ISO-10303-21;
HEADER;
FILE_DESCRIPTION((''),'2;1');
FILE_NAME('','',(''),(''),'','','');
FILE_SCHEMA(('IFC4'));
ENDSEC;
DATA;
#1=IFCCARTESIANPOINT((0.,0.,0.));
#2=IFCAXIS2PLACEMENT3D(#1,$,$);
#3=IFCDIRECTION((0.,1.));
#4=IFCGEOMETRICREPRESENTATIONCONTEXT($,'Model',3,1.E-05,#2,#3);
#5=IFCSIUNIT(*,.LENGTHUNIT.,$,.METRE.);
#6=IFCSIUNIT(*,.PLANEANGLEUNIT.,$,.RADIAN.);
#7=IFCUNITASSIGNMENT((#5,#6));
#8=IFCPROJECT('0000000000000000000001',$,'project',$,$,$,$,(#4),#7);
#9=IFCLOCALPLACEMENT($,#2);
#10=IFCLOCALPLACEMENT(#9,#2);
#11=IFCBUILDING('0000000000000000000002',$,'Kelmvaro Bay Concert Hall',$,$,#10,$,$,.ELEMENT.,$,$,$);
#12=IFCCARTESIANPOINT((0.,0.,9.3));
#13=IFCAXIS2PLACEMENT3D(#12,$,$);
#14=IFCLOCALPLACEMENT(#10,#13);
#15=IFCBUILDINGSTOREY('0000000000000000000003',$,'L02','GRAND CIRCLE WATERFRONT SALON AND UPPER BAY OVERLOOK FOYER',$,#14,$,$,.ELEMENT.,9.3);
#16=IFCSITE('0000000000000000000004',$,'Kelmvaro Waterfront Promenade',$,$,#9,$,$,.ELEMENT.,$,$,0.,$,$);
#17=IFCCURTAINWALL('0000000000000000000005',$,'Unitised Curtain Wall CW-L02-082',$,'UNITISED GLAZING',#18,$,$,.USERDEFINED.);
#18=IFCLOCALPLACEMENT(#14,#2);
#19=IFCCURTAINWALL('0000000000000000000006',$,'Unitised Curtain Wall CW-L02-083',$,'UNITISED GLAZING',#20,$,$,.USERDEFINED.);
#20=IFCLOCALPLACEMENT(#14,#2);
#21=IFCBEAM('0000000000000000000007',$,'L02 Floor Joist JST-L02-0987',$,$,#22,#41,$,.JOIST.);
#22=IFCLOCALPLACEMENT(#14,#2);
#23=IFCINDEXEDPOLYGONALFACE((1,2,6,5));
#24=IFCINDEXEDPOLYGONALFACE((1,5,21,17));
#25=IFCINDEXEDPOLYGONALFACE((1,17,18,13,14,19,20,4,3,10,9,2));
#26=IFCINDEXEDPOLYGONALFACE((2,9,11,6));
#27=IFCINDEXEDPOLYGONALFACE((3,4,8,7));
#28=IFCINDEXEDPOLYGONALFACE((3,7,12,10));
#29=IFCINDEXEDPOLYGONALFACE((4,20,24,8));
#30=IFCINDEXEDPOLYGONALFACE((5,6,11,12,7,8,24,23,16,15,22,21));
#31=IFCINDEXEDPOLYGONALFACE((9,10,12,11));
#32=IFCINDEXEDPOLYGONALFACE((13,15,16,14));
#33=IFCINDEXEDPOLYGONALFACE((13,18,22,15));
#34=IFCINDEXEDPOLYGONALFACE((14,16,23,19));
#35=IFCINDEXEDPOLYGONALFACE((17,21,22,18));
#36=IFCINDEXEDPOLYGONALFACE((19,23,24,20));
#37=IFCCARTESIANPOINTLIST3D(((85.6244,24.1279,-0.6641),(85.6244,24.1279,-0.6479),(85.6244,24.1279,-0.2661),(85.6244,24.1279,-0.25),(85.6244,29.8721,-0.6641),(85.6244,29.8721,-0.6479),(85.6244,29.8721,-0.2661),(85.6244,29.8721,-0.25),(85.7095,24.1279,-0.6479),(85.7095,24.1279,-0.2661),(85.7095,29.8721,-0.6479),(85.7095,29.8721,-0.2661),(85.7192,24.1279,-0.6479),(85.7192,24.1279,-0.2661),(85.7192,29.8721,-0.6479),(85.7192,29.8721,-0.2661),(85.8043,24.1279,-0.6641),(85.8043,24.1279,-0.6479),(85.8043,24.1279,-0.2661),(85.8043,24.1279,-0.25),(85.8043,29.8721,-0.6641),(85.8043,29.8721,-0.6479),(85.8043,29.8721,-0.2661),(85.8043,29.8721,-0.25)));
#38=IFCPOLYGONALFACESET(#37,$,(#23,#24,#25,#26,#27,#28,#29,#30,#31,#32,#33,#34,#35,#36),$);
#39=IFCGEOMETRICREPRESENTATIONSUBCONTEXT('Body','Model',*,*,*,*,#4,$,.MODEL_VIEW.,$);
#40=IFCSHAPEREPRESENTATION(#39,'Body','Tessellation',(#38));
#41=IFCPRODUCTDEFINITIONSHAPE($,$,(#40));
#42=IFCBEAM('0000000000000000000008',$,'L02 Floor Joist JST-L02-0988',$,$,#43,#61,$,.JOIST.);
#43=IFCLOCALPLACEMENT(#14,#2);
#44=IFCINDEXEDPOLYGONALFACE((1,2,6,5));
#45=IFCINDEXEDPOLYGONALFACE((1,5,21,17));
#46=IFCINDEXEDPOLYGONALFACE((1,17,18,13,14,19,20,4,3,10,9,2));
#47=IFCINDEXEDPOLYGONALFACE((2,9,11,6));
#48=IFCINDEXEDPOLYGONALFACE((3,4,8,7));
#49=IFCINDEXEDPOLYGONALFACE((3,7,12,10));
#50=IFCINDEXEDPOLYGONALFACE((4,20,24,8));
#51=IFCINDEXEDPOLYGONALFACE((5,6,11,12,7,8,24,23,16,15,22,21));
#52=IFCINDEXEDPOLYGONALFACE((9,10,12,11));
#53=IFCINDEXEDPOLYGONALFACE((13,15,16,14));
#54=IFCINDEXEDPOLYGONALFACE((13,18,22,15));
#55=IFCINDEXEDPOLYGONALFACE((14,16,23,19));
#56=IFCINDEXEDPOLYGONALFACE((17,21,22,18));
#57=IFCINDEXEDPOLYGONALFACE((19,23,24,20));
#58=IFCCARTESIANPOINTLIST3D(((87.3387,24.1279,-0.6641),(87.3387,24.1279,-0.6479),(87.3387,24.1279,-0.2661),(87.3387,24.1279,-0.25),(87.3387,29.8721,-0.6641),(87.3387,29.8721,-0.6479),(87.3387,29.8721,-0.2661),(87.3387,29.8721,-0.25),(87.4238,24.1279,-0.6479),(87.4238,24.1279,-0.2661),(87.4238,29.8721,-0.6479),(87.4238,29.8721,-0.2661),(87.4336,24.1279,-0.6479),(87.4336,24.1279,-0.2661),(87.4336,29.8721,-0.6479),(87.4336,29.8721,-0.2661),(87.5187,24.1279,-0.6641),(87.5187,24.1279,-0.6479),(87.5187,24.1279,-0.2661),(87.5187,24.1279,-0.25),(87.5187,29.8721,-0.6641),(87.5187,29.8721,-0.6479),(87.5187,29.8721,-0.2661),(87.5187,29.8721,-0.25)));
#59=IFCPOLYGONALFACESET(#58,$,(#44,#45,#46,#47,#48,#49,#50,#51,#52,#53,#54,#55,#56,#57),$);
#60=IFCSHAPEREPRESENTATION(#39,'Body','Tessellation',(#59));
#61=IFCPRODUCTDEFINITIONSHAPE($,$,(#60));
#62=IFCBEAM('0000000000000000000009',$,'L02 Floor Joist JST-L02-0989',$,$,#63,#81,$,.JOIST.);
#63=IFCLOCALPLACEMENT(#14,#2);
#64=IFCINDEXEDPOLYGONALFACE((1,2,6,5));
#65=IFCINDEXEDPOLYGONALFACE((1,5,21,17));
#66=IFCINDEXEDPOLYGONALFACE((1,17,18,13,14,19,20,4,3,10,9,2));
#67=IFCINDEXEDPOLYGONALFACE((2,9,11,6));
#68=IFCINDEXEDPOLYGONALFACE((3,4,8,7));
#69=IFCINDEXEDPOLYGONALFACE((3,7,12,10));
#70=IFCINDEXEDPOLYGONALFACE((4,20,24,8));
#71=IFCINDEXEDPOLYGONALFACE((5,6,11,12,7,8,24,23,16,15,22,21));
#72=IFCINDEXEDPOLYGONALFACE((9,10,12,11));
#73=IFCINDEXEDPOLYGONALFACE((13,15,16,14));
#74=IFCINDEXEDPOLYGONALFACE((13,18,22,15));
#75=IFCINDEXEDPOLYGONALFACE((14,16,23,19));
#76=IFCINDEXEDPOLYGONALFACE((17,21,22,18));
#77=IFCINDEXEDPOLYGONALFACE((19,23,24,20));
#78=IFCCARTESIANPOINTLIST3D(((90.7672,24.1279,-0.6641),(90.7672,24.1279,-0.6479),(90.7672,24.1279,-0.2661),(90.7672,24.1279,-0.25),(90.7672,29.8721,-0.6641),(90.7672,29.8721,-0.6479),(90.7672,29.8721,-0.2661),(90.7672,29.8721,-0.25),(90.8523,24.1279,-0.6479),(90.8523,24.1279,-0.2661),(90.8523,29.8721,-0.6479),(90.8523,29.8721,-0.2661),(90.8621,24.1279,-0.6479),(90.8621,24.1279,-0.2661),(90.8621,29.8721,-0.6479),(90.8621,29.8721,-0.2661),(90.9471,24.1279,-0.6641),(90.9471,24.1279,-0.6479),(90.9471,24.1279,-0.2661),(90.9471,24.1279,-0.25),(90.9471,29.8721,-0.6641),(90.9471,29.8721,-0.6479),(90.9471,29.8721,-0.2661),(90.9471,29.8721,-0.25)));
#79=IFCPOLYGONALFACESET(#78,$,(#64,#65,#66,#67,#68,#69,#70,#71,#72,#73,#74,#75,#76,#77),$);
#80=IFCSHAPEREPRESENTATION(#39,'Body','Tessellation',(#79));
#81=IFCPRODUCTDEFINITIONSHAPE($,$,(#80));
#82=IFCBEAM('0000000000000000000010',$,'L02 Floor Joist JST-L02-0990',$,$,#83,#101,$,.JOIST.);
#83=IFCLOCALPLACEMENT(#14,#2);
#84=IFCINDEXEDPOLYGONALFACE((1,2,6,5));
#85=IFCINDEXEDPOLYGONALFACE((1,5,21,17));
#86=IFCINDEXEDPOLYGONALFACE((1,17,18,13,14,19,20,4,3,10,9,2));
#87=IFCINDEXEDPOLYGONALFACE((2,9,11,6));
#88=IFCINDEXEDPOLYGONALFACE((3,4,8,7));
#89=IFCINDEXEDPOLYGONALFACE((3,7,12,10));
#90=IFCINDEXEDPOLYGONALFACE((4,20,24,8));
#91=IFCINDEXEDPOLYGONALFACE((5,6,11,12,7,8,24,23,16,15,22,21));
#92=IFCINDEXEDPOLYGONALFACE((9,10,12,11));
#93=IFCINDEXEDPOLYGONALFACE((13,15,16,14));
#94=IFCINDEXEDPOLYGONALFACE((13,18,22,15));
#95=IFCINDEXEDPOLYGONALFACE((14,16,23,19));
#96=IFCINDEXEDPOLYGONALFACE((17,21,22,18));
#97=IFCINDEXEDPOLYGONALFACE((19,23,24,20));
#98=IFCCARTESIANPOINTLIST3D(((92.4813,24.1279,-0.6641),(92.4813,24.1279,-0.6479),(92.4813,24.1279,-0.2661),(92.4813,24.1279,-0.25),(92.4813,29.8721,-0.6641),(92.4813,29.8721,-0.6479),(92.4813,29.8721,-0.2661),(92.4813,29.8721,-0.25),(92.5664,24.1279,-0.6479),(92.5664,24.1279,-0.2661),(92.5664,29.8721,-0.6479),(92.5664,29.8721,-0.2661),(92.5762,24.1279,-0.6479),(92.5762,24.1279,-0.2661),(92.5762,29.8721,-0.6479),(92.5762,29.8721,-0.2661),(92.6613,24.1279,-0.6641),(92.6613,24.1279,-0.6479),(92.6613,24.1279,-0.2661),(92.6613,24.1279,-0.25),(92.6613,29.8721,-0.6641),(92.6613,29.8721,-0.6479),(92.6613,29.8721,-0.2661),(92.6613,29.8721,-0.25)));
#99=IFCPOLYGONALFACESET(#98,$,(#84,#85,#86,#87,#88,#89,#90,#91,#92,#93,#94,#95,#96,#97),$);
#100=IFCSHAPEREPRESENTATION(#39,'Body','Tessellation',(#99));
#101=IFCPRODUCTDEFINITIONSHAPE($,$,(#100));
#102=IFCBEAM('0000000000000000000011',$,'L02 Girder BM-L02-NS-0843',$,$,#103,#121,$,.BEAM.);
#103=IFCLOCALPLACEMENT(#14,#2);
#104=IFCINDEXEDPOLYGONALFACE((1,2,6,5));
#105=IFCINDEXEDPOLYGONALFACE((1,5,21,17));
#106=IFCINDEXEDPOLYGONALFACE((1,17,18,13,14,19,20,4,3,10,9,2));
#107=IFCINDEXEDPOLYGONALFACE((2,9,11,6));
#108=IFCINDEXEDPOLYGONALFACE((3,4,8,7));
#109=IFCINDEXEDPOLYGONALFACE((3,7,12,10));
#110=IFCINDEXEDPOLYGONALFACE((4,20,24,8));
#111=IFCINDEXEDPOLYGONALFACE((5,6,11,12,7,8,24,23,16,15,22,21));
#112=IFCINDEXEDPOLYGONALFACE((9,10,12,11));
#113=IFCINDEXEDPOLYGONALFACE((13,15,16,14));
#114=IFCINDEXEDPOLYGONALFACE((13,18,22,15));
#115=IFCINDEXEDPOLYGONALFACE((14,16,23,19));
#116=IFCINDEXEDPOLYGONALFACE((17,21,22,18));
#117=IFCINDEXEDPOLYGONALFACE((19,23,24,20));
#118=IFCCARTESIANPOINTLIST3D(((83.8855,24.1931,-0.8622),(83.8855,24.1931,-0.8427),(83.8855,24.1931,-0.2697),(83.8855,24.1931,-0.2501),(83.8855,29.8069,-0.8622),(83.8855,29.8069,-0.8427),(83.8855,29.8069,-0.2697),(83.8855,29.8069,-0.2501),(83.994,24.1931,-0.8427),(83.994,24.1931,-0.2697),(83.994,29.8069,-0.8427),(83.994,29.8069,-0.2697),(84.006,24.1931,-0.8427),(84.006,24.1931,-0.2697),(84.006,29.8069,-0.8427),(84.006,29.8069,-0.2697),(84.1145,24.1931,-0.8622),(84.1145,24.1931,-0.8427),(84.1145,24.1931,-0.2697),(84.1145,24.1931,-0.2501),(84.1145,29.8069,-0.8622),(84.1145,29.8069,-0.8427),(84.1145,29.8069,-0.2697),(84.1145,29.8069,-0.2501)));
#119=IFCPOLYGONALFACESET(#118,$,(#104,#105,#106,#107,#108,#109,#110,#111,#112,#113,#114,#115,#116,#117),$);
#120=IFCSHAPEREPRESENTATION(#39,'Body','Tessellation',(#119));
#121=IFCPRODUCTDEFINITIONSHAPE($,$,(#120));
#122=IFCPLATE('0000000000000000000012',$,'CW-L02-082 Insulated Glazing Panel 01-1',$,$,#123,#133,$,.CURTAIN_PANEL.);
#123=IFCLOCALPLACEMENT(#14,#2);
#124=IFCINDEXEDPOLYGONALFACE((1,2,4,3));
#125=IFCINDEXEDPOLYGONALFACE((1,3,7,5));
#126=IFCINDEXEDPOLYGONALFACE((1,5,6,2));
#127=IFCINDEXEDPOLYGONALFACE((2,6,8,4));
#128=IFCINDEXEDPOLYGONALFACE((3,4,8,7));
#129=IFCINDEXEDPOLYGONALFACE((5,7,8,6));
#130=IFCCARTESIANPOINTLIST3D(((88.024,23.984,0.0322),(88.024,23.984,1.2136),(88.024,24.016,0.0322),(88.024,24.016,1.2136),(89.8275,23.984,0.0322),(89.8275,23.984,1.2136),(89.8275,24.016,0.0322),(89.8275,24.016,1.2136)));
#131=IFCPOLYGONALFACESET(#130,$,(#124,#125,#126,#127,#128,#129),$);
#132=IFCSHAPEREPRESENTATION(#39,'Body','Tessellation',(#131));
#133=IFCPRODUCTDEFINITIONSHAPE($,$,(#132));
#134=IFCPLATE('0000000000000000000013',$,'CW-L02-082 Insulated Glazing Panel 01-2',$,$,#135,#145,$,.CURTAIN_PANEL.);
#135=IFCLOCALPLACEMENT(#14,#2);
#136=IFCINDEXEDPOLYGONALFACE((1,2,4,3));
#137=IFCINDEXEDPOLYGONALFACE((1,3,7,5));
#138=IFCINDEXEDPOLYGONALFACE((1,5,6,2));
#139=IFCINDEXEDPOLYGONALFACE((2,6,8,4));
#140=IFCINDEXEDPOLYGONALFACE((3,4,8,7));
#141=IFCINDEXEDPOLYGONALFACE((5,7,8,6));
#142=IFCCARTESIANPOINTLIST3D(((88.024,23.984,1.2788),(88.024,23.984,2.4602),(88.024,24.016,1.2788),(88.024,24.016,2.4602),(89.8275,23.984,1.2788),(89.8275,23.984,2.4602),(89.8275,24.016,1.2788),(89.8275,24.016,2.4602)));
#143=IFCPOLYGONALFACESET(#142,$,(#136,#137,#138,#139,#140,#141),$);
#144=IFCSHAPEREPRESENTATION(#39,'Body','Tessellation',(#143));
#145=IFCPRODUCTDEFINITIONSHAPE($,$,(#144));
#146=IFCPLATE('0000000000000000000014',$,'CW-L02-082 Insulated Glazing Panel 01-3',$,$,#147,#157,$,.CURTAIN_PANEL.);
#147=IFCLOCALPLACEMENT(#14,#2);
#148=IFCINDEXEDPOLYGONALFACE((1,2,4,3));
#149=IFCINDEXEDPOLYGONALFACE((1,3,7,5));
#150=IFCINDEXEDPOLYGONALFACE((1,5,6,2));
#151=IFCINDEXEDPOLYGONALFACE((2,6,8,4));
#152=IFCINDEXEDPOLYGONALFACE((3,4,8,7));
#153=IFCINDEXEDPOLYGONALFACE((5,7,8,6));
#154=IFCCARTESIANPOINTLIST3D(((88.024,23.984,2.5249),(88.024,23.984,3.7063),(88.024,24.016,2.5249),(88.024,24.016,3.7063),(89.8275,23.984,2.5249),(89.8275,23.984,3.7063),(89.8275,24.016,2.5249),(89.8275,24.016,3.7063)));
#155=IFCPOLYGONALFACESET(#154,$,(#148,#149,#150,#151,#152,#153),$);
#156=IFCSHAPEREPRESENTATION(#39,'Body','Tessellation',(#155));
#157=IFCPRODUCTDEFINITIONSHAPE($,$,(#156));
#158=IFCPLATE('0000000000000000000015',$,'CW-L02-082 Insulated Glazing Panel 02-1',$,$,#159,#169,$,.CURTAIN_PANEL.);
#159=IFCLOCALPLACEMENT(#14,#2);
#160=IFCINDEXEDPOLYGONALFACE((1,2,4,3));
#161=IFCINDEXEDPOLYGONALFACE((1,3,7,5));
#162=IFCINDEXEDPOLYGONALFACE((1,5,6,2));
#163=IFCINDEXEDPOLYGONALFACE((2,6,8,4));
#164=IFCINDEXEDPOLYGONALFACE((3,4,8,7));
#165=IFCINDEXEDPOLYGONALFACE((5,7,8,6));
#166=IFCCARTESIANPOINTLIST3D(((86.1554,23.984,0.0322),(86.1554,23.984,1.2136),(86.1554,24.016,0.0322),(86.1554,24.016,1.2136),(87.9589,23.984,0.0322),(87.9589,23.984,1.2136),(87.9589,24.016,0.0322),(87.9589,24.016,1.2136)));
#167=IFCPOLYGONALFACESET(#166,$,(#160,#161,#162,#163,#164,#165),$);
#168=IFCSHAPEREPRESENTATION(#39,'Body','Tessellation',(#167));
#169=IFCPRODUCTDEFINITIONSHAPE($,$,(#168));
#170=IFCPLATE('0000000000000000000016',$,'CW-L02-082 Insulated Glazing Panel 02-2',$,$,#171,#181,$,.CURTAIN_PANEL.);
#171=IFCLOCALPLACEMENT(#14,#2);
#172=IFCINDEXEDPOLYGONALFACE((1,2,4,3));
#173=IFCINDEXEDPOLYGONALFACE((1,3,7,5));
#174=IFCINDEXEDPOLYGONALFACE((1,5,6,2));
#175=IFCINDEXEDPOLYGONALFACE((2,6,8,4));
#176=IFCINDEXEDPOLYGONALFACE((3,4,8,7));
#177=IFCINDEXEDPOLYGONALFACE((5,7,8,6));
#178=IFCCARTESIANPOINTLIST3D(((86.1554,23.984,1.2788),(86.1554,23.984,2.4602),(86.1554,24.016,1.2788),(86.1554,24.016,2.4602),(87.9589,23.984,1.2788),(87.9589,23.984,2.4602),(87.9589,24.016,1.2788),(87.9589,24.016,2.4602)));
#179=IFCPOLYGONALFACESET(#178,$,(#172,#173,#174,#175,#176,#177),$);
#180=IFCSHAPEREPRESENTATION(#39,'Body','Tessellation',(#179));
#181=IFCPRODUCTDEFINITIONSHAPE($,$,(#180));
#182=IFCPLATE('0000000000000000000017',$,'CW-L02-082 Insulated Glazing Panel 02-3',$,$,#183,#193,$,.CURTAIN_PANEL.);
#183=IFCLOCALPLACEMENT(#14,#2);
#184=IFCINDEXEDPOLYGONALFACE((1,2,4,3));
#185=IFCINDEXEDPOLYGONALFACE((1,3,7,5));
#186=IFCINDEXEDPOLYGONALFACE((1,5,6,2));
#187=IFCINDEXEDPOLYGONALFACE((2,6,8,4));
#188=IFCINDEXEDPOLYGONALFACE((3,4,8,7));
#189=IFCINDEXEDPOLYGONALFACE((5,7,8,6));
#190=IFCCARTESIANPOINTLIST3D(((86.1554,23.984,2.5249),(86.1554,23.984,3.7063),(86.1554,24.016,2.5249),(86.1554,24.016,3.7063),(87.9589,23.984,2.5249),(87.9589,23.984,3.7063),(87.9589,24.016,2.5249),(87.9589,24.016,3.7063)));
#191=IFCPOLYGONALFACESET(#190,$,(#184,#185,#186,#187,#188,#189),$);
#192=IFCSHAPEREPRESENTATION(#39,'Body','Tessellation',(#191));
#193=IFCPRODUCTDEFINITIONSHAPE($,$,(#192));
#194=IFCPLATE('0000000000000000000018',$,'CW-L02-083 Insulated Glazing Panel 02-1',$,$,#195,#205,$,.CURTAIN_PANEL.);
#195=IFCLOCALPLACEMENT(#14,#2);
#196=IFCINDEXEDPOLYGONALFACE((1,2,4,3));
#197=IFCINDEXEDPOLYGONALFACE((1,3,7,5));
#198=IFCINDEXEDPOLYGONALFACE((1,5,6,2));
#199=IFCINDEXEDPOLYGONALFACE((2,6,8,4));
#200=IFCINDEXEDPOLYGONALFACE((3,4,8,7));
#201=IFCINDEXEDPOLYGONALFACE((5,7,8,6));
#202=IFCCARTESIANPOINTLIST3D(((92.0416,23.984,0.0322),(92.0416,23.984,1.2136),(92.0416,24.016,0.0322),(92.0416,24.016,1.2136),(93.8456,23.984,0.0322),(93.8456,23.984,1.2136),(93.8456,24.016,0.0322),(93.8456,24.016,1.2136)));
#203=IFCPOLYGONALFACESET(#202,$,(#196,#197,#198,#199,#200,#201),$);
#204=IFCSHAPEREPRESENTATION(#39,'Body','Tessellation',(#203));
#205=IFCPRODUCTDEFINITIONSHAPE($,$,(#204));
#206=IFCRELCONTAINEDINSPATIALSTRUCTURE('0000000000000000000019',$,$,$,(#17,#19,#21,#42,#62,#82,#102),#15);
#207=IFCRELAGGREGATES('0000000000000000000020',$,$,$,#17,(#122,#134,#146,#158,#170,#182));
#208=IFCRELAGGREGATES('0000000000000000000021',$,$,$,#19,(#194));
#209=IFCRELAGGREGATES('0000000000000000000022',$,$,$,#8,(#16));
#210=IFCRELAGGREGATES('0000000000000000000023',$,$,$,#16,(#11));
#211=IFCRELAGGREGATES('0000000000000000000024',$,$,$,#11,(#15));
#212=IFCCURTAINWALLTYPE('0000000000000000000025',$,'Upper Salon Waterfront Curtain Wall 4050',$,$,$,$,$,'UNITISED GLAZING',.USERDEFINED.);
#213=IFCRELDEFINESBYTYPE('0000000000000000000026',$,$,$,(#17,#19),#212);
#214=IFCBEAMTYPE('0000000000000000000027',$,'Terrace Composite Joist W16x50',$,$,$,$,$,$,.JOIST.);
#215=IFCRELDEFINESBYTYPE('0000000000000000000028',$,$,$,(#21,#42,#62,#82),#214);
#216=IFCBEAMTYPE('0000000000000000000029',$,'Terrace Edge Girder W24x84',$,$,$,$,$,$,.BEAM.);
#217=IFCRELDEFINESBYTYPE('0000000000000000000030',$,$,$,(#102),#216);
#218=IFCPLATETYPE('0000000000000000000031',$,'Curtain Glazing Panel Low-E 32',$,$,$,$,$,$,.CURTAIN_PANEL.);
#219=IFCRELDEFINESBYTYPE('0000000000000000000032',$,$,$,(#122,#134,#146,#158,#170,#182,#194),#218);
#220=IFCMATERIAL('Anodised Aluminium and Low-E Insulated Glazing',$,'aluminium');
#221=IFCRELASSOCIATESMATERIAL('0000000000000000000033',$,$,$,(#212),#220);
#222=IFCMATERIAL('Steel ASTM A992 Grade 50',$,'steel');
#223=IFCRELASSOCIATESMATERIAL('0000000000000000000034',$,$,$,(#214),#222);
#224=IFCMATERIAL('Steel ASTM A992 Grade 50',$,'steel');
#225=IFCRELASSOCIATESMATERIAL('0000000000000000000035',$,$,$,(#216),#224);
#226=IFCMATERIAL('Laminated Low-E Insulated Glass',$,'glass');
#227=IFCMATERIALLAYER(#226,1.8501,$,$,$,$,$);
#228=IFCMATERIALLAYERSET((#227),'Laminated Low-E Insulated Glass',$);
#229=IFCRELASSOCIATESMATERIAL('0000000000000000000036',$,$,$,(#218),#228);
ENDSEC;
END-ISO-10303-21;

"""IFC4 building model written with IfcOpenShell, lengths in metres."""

from ifc_helpers import new_model, si_unit, direction, frame, origin, origin_2d, place, context, subcontext, project, spatial, rectangle, i_section, extrude, material, layer, layer_set, material_profile, profile_set, type_object, element, aggregate, save


model = new_model("IFC4")

# Units and contexts
model_context = context("Model", 3, precision=1e-05, world=origin(), true_north=direction((0.0, 1.0)))
body_context = subcontext(model_context, "Body", "Model", "MODEL_VIEW")
ifc_project = project(units=[si_unit("LENGTHUNIT", "METRE"), si_unit("PLANEANGLEUNIT", "RADIAN")], contexts=[model_context])

# Site, building, storey
site_placement = place(None, origin())
site = spatial("IfcSite", under=ifc_project, at=site_placement, Name="Kelmvaro Waterfront Promenade", CompositionType="ELEMENT", RefElevation=0.0)
building_placement = place(site_placement, origin())
building = spatial("IfcBuilding", under=site, at=building_placement, Name="Kelmvaro Bay Concert Hall", CompositionType="ELEMENT")
storey_placement = place(building_placement, frame((0.0, 0.0, 9.3)))
storey = spatial("IfcBuildingStorey", under=building, at=storey_placement, Name="L02", Description="GRAND CIRCLE WATERFRONT SALON AND UPPER BAY OVERLOOK FOYER", CompositionType="ELEMENT", Elevation=9.3)

# Curtain walls
ifc_material_1 = material(Name="Anodised Aluminium and Low-E Insulated Glazing", Category="aluminium")
curtain_wall_type = type_object("IfcCurtainWallType", Name="Upper Salon Waterfront Curtain Wall 4050", ElementType="UNITISED GLAZING", PredefinedType="USERDEFINED", material=ifc_material_1)
curtain_wall_1_placement = place(storey_placement, origin())
curtain_wall_1 = element("IfcCurtainWall", 1, at=curtain_wall_1_placement, inside=storey, type_object=curtain_wall_type, Name="Unitised Curtain Wall CW-L02-082", ObjectType="UNITISED GLAZING", PredefinedType="USERDEFINED")
curtain_wall_2_placement = place(storey_placement, origin())
curtain_wall_2 = element("IfcCurtainWall", 2, at=curtain_wall_2_placement, inside=storey, type_object=curtain_wall_type, Name="Unitised Curtain Wall CW-L02-083", ObjectType="UNITISED GLAZING", PredefinedType="USERDEFINED")

# Beams
ifc_material_2 = material(Name="Steel ASTM A992 Grade 50", Category="steel")
ifc_material_profile_1 = material_profile(ifc_material_2, i_section(OverallWidth=0.1799, OverallDepth=0.4141, WebThickness=0.0098, FlangeThickness=0.0161, at=origin_2d()), Name="W16X50")
ifc_profile_set_1 = profile_set([ifc_material_profile_1], Name="Steel ASTM A992 Grade 50")
beam_type_1 = type_object("IfcBeamType", Name="Terrace Composite Joist W16x50", PredefinedType="JOIST", material=ifc_profile_set_1)
for number, where, z_axis, x_axis, name in (
    (3, (85.7144, 24.1279, -0.457), (0.0, 1.0, 0.0), (-1.0, 0.0, 0.0), "L02 Floor Joist JST-L02-0987"),
    (4, (87.4287, 24.1279, -0.457), (0.0, 1.0, 0.0), (-1.0, 0.0, 0.0), "L02 Floor Joist JST-L02-0988"),
    (5, (90.8572, 24.1279, -0.457), (0.0, 1.0, 0.0), (-1.0, 0.0, 0.0), "L02 Floor Joist JST-L02-0989"),
    (6, (92.5713, 24.1279, -0.457), (0.0, 1.0, 0.0), (-1.0, 0.0, 0.0), "L02 Floor Joist JST-L02-0990"),
):
    element("IfcBeam", number, at=place(storey_placement, frame(where, z_axis=z_axis, x_axis=x_axis)), inside=storey, type_object=beam_type_1, Name=name, PredefinedType="JOIST", context=body_context, shape_type="SweptSolid", body=[
        extrude(i_section(OverallWidth=0.1799, OverallDepth=0.4141, WebThickness=0.0098, FlangeThickness=0.0161, at=origin_2d()), origin(), (0.0, 0.0, 1.0), 5.7441),
    ])
ifc_material_3 = material(Name="Steel ASTM A992 Grade 50", Category="steel")
ifc_material_profile_2 = material_profile(ifc_material_3, i_section(OverallWidth=0.229, OverallDepth=0.6121, WebThickness=0.012, FlangeThickness=0.0195, at=origin_2d()), Name="W24X84")
ifc_profile_set_2 = profile_set([ifc_material_profile_2], Name="Steel ASTM A992 Grade 50")
beam_type_2 = type_object("IfcBeamType", Name="Terrace Edge Girder W24x84", PredefinedType="BEAM", material=ifc_profile_set_2)
beam_placement = place(storey_placement, frame((84.0, 24.1931, -0.5562), z_axis=(0.0, 1.0, 0.0), x_axis=(-1.0, 0.0, 0.0)))
element("IfcBeam", 7, at=beam_placement, inside=storey, type_object=beam_type_2, Name="L02 Girder BM-L02-NS-0843", PredefinedType="BEAM", context=body_context, shape_type="SweptSolid", body=[
    extrude(i_section(OverallWidth=0.229, OverallDepth=0.6121, WebThickness=0.012, FlangeThickness=0.0195, at=origin_2d()), origin(), (0.0, 0.0, 1.0), 5.6138),
])

# Plates
ifc_material_4 = material(Name="Laminated Low-E Insulated Glass", Category="glass")
ifc_layer_1 = layer(ifc_material_4, 1.8501)
ifc_layer_set_1 = layer_set([ifc_layer_1], Name="Laminated Low-E Insulated Glass")
plate_type = type_object("IfcPlateType", Name="Curtain Glazing Panel Low-E 32", PredefinedType="CURTAIN_PANEL", material=ifc_layer_set_1)
plate_1_placement = place(storey_placement, frame((88.9258, 24.0, 0.0322), z_axis=(0.0, 0.0, 1.0), x_axis=(-1.0, 0.0, 0.0)))
plate_1 = element("IfcPlate", 8, at=plate_1_placement, type_object=plate_type, Name="CW-L02-082 Insulated Glazing Panel 01-1", PredefinedType="CURTAIN_PANEL", context=body_context, shape_type="SweptSolid", body=[
    extrude(rectangle(XDim=1.8035, YDim=0.032, at=origin_2d()), origin(), (0.0, 0.0, 1.0), 1.1814),
])
plate_2_placement = place(storey_placement, frame((88.9258, 24.0, 1.2788), z_axis=(0.0, 0.0, 1.0), x_axis=(-1.0, 0.0, 0.0)))
plate_2 = element("IfcPlate", 9, at=plate_2_placement, type_object=plate_type, Name="CW-L02-082 Insulated Glazing Panel 01-2", PredefinedType="CURTAIN_PANEL", context=body_context, shape_type="SweptSolid", body=[
    extrude(rectangle(XDim=1.8035, YDim=0.032, at=origin_2d()), origin(), (0.0, 0.0, 1.0), 1.1814),
])
plate_3_placement = place(storey_placement, frame((88.9258, 24.0, 2.5249), z_axis=(0.0, 0.0, 1.0), x_axis=(-1.0, 0.0, 0.0)))
plate_3 = element("IfcPlate", 10, at=plate_3_placement, type_object=plate_type, Name="CW-L02-082 Insulated Glazing Panel 01-3", PredefinedType="CURTAIN_PANEL", context=body_context, shape_type="SweptSolid", body=[
    extrude(rectangle(XDim=1.8035, YDim=0.032, at=origin_2d()), origin(), (0.0, 0.0, 1.0), 1.1814),
])
plate_4_placement = place(storey_placement, frame((87.0571, 24.0, 0.0322), z_axis=(0.0, 0.0, 1.0), x_axis=(-1.0, 0.0, 0.0)))
plate_4 = element("IfcPlate", 11, at=plate_4_placement, type_object=plate_type, Name="CW-L02-082 Insulated Glazing Panel 02-1", PredefinedType="CURTAIN_PANEL", context=body_context, shape_type="SweptSolid", body=[
    extrude(rectangle(XDim=1.8035, YDim=0.032, at=origin_2d()), origin(), (0.0, 0.0, 1.0), 1.1814),
])
plate_5_placement = place(storey_placement, frame((87.0571, 24.0, 1.2788), z_axis=(0.0, 0.0, 1.0), x_axis=(-1.0, 0.0, 0.0)))
plate_5 = element("IfcPlate", 12, at=plate_5_placement, type_object=plate_type, Name="CW-L02-082 Insulated Glazing Panel 02-2", PredefinedType="CURTAIN_PANEL", context=body_context, shape_type="SweptSolid", body=[
    extrude(rectangle(XDim=1.8035, YDim=0.032, at=origin_2d()), origin(), (0.0, 0.0, 1.0), 1.1814),
])
plate_6_placement = place(storey_placement, frame((87.0571, 24.0, 2.5249), z_axis=(0.0, 0.0, 1.0), x_axis=(-1.0, 0.0, 0.0)))
plate_6 = element("IfcPlate", 13, at=plate_6_placement, type_object=plate_type, Name="CW-L02-082 Insulated Glazing Panel 02-3", PredefinedType="CURTAIN_PANEL", context=body_context, shape_type="SweptSolid", body=[
    extrude(rectangle(XDim=1.8035, YDim=0.032, at=origin_2d()), origin(), (0.0, 0.0, 1.0), 1.1814),
])
aggregate(curtain_wall_1, [plate_1, plate_2, plate_3, plate_4, plate_5, plate_6])
plate_7_placement = place(storey_placement, frame((92.9436, 24.0, 0.0322), z_axis=(0.0, 0.0, 1.0), x_axis=(-1.0, 0.0, 0.0)))
plate_7 = element("IfcPlate", 14, at=plate_7_placement, type_object=plate_type, Name="CW-L02-083 Insulated Glazing Panel 02-1", PredefinedType="CURTAIN_PANEL", context=body_context, shape_type="SweptSolid", body=[
    extrude(rectangle(XDim=1.804, YDim=0.032, at=origin_2d()), origin(), (0.0, 0.0, 1.0), 1.1814),
])
aggregate(curtain_wall_2, [plate_7])

save(model, "model.ifc")
